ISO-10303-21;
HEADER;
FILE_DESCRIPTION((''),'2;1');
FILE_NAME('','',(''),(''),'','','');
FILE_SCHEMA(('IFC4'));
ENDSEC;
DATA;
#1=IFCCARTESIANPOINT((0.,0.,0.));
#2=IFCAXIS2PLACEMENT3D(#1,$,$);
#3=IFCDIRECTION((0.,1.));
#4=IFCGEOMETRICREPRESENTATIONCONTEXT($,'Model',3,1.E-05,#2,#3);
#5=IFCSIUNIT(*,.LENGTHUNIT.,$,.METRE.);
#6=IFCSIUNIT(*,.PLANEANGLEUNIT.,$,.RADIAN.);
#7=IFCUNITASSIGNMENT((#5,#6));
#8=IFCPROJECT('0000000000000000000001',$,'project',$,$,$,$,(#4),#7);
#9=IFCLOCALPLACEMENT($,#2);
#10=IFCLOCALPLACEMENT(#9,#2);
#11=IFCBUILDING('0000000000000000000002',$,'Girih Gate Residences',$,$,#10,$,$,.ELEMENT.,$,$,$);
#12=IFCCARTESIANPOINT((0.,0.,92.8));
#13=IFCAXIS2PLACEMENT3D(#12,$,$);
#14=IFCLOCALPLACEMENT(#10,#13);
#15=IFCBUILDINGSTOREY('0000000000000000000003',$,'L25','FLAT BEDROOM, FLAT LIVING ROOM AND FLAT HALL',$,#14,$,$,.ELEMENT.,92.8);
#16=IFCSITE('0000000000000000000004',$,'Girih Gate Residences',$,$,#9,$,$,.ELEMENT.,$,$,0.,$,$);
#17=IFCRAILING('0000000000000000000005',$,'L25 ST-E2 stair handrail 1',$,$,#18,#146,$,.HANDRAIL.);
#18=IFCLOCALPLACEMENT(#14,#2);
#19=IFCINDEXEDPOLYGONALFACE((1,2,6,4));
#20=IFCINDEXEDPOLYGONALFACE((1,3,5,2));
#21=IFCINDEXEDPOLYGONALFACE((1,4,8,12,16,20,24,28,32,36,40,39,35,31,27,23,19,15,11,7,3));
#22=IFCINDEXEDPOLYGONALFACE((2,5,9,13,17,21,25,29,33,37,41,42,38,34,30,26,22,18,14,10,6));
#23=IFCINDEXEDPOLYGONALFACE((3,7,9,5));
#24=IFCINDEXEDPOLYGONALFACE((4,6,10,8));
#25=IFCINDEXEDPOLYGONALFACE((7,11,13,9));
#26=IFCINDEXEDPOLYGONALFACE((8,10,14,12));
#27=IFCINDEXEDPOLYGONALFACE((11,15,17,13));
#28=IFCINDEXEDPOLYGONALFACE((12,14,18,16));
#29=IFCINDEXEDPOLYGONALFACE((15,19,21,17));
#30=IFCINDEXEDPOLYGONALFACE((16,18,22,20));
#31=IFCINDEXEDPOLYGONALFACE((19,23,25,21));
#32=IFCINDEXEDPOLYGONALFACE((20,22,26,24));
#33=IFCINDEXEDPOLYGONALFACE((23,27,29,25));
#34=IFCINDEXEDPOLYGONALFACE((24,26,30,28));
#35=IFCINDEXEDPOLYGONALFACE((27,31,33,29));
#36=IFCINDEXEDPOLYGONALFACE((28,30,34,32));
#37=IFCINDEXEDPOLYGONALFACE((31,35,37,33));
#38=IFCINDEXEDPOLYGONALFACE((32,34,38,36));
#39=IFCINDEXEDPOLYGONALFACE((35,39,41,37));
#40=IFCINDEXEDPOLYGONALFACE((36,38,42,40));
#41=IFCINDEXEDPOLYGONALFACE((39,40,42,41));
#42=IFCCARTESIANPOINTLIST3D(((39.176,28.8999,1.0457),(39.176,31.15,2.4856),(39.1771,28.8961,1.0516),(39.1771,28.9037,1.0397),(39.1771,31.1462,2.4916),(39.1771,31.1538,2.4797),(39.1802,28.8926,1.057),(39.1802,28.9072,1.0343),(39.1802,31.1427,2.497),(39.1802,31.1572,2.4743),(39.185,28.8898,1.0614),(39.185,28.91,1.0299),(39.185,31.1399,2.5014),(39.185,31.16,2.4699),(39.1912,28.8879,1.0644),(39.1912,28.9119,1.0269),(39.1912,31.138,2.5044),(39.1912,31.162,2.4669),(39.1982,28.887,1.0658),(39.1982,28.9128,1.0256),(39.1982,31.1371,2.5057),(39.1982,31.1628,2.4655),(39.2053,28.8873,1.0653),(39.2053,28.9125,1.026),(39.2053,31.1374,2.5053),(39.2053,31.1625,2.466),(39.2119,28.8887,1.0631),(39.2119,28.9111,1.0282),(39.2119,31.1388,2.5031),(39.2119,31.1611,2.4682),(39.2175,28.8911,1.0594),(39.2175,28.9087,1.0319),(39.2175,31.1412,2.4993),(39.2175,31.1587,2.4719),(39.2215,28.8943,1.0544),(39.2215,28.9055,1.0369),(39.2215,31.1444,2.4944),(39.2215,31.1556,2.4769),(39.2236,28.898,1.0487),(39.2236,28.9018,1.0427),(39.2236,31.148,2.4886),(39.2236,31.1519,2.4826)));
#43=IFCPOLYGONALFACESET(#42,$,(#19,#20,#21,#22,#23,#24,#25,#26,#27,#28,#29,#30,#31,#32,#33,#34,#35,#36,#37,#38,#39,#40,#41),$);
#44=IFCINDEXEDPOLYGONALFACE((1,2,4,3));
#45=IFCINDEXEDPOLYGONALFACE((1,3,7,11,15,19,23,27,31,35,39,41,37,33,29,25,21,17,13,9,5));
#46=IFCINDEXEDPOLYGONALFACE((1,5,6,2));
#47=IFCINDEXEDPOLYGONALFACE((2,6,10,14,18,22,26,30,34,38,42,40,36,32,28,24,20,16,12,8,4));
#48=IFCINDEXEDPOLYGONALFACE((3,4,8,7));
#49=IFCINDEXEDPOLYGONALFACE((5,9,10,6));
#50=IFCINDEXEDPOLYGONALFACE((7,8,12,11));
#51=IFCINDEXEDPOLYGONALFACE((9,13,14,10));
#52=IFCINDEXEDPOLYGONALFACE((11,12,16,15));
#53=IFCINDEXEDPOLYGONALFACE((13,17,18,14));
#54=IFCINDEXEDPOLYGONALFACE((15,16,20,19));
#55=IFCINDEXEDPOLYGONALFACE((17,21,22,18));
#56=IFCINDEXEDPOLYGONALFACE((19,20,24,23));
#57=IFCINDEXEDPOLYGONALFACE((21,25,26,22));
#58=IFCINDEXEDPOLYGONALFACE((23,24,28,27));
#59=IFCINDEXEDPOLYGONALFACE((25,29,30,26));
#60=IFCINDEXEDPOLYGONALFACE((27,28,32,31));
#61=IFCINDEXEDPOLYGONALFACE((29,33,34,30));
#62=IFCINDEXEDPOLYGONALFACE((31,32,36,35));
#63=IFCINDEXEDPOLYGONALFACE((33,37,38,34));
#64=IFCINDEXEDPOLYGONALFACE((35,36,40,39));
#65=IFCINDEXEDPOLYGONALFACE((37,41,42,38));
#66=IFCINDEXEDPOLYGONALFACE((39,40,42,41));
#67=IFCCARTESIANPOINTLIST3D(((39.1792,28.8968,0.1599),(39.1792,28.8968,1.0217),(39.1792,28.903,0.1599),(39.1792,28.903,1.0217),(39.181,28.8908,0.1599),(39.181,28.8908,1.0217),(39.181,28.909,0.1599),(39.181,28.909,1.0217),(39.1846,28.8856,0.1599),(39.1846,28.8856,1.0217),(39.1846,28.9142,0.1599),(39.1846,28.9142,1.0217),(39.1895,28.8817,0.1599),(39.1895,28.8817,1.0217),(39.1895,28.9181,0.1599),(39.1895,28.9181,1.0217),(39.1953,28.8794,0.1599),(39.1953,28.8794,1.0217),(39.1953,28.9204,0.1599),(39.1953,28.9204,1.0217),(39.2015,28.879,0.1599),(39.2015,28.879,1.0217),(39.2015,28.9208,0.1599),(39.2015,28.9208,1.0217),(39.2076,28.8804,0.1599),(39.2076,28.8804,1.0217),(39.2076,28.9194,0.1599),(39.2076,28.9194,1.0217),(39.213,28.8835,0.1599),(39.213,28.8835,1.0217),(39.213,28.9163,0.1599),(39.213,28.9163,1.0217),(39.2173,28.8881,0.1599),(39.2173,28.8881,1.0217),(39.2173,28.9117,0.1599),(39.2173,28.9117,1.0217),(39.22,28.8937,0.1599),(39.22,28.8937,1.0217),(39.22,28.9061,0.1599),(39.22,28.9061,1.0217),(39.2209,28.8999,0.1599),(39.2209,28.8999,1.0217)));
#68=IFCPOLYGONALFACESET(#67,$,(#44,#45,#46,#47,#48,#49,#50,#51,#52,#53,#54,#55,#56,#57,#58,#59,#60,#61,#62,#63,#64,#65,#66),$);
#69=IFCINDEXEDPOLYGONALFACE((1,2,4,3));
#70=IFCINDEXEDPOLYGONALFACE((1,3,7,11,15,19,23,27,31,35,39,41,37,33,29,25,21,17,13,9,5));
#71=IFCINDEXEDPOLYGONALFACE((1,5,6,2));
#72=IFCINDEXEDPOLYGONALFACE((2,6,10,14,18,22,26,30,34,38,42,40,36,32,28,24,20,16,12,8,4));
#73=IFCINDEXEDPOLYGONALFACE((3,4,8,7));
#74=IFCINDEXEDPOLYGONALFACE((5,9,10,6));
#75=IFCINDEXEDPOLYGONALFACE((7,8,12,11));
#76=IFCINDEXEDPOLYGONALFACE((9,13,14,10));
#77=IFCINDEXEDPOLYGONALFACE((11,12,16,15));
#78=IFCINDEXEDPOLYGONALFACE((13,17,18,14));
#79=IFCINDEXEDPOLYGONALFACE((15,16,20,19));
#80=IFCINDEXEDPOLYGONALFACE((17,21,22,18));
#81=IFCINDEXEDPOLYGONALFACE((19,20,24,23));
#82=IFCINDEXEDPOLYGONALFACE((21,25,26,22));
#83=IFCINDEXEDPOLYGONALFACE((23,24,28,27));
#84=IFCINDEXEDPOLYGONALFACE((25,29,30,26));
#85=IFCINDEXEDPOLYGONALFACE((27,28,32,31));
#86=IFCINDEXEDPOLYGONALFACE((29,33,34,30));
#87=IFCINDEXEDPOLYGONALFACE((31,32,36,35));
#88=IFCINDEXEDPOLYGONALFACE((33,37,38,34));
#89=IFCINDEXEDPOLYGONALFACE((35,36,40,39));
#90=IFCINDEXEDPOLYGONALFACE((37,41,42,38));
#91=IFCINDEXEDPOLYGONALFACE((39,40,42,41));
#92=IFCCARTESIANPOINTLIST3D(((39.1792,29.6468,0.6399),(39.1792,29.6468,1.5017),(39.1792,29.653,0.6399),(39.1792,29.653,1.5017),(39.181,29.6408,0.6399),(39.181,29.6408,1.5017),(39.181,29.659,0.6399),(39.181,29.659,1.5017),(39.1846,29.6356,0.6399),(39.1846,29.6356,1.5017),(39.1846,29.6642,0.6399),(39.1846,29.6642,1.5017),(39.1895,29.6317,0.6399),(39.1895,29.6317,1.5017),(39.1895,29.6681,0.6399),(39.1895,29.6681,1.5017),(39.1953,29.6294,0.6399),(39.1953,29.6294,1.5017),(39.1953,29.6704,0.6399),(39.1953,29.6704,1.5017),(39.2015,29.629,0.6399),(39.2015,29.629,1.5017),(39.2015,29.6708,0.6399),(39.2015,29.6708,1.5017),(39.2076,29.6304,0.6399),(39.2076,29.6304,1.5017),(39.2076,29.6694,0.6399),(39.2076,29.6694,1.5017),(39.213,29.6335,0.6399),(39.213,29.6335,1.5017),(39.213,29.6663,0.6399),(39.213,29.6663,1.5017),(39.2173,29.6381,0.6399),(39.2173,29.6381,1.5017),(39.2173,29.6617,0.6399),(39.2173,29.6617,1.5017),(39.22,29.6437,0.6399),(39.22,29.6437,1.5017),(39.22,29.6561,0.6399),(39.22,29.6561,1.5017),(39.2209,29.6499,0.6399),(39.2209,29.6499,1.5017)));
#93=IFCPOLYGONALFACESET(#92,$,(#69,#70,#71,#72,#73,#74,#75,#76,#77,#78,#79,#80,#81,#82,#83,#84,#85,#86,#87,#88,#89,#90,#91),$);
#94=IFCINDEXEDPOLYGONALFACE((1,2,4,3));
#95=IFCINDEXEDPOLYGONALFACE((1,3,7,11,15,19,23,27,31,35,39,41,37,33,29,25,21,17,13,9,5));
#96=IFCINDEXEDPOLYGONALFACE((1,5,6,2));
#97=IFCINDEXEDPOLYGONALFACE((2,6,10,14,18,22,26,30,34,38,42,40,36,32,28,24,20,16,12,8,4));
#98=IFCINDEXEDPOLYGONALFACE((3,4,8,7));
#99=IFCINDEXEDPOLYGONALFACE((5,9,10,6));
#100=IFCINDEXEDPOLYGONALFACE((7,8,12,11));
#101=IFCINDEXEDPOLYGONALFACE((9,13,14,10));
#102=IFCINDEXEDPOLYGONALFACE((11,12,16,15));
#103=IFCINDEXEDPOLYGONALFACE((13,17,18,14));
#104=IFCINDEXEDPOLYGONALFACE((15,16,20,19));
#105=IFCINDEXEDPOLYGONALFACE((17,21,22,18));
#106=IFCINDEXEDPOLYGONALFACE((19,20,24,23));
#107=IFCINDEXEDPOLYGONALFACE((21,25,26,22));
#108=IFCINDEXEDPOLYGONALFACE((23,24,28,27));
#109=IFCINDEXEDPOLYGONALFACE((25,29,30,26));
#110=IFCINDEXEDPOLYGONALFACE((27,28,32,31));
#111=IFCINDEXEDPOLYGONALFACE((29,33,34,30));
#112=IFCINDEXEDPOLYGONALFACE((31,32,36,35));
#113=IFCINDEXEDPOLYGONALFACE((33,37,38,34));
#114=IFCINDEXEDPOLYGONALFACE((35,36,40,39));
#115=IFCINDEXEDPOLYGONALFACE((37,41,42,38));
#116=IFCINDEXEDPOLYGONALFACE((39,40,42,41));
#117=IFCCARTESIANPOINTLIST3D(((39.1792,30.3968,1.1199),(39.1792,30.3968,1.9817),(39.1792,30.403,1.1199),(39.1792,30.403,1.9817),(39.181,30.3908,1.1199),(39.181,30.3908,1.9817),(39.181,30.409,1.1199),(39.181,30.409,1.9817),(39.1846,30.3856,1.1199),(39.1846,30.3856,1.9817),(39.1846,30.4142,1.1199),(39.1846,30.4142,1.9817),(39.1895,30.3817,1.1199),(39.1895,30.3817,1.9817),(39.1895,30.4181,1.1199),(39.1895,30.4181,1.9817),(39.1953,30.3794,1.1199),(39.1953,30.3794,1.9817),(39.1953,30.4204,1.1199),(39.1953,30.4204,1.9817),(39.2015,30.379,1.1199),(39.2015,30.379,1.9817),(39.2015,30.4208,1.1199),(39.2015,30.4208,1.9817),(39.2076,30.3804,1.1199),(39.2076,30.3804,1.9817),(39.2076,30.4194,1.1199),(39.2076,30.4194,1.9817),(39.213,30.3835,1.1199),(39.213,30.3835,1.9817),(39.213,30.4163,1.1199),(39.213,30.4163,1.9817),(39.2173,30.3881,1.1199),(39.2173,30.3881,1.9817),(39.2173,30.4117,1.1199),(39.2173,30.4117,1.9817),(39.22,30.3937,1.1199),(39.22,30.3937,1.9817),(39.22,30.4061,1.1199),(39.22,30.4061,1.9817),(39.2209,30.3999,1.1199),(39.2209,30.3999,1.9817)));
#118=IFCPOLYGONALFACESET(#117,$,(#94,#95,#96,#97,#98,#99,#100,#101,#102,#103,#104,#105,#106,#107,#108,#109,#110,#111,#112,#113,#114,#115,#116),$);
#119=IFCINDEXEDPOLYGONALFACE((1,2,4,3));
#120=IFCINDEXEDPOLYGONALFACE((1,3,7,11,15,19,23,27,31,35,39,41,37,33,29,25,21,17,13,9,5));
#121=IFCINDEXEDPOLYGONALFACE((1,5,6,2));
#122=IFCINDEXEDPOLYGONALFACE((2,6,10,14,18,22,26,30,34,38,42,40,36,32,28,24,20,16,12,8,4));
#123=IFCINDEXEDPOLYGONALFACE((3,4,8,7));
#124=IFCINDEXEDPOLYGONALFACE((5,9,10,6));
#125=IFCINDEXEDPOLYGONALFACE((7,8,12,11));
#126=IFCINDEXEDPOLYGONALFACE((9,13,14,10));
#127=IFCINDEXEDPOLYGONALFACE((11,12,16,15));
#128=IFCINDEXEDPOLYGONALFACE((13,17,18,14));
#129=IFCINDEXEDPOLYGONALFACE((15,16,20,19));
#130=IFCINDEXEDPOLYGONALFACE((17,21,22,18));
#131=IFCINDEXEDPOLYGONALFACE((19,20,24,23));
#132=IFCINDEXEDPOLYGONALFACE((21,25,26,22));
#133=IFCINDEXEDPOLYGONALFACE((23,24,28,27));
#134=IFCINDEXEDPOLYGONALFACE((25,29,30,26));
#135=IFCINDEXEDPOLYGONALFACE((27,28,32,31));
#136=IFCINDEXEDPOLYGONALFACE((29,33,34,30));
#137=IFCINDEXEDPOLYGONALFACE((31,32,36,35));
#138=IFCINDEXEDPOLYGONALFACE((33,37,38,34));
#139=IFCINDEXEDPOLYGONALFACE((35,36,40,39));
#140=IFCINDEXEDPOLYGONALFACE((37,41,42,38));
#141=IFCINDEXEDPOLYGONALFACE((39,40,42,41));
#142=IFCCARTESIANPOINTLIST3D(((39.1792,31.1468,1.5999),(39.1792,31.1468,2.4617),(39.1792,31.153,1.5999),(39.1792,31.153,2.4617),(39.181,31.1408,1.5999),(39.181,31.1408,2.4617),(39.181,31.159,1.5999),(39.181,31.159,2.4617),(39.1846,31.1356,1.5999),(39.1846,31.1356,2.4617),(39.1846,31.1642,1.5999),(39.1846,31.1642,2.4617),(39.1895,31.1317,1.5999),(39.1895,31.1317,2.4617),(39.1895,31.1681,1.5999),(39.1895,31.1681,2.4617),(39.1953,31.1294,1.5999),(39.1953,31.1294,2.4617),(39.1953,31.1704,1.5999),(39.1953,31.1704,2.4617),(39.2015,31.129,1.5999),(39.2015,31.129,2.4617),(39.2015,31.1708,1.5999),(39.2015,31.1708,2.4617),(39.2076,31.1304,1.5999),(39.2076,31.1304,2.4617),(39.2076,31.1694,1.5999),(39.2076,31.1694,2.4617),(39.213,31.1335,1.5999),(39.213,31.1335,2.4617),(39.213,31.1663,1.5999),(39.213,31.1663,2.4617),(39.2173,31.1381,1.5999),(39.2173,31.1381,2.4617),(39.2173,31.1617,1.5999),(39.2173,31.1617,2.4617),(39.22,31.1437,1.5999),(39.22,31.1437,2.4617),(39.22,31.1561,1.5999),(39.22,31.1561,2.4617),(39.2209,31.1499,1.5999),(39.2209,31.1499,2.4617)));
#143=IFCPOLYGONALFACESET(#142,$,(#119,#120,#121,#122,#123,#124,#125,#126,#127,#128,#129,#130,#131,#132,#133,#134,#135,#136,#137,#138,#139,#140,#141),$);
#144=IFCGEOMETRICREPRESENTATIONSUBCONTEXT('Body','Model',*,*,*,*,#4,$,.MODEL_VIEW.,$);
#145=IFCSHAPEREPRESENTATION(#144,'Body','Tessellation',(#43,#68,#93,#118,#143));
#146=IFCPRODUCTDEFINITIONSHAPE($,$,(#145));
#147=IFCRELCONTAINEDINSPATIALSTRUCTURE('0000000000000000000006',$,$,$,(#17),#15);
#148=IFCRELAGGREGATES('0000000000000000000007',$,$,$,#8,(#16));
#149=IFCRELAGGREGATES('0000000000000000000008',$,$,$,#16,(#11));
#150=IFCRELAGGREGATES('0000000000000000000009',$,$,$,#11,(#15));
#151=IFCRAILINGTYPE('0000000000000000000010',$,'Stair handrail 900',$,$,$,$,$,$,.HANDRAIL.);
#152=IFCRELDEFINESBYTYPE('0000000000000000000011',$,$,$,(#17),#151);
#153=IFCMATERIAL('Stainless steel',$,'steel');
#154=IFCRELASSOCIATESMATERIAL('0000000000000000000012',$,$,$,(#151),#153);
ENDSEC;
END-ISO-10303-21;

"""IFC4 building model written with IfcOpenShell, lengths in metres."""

from ifc_helpers import new_model, si_unit, direction, frame, origin, origin_2d, place, context, subcontext, project, spatial, circle, extrude, material, type_object, element, save


model = new_model("IFC4")

# Units and contexts
model_context = context("Model", 3, precision=1e-05, world=origin(), true_north=direction((0.0, 1.0)))
body_context = subcontext(model_context, "Body", "Model", "MODEL_VIEW")
ifc_project = project(units=[si_unit("LENGTHUNIT", "METRE"), si_unit("PLANEANGLEUNIT", "RADIAN")], contexts=[model_context])

# Site, building, storey
site_placement = place(None, origin())
site = spatial("IfcSite", under=ifc_project, at=site_placement, Name="Girih Gate Residences", CompositionType="ELEMENT", RefElevation=0.0)
building_placement = place(site_placement, origin())
building = spatial("IfcBuilding", under=site, at=building_placement, Name="Girih Gate Residences", CompositionType="ELEMENT")
storey_placement = place(building_placement, frame((0.0, 0.0, 92.8)))
storey = spatial("IfcBuildingStorey", under=building, at=storey_placement, Name="L25", Description="FLAT BEDROOM, FLAT LIVING ROOM AND FLAT HALL", CompositionType="ELEMENT", Elevation=92.8)

# Railing
ifc_material_1 = material(Name="Stainless steel", Category="steel")
railing_type_1 = type_object("IfcRailingType", Name="Stair handrail 900", PredefinedType="HANDRAIL", material=ifc_material_1)
railing_1_placement = place(storey_placement, frame((39.2, 28.8999, 0.1599)))
element("IfcRailing", 1, at=railing_1_placement, inside=storey, type_object=railing_type_1, Name="L25 ST-E2 stair handrail 1", PredefinedType="HANDRAIL", context=body_context, shape_type="SweptSolid", body=[
    extrude(circle(Radius=0.0239, at=origin_2d()), frame((0.0, 0.0, 0.8857), z_axis=(0.0, 0.842281, 0.539038), x_axis=(-1.0, 0.0, 0.0)), (0.0, 0.0, 1.0), 2.6714),
    extrude(circle(Radius=0.021, at=origin_2d()), origin(), (0.0, 0.0, 1.0), 0.8618),
    extrude(circle(Radius=0.021, at=origin_2d()), frame((0.0, 0.75, 0.48)), (0.0, 0.0, 1.0), 0.8618),
    extrude(circle(Radius=0.021, at=origin_2d()), frame((0.0, 1.5, 0.96)), (0.0, 0.0, 1.0), 0.8618),
    extrude(circle(Radius=0.021, at=origin_2d()), frame((0.0, 2.25, 1.4399)), (0.0, 0.0, 1.0), 0.8618),
])

save(model, "model.ifc")
